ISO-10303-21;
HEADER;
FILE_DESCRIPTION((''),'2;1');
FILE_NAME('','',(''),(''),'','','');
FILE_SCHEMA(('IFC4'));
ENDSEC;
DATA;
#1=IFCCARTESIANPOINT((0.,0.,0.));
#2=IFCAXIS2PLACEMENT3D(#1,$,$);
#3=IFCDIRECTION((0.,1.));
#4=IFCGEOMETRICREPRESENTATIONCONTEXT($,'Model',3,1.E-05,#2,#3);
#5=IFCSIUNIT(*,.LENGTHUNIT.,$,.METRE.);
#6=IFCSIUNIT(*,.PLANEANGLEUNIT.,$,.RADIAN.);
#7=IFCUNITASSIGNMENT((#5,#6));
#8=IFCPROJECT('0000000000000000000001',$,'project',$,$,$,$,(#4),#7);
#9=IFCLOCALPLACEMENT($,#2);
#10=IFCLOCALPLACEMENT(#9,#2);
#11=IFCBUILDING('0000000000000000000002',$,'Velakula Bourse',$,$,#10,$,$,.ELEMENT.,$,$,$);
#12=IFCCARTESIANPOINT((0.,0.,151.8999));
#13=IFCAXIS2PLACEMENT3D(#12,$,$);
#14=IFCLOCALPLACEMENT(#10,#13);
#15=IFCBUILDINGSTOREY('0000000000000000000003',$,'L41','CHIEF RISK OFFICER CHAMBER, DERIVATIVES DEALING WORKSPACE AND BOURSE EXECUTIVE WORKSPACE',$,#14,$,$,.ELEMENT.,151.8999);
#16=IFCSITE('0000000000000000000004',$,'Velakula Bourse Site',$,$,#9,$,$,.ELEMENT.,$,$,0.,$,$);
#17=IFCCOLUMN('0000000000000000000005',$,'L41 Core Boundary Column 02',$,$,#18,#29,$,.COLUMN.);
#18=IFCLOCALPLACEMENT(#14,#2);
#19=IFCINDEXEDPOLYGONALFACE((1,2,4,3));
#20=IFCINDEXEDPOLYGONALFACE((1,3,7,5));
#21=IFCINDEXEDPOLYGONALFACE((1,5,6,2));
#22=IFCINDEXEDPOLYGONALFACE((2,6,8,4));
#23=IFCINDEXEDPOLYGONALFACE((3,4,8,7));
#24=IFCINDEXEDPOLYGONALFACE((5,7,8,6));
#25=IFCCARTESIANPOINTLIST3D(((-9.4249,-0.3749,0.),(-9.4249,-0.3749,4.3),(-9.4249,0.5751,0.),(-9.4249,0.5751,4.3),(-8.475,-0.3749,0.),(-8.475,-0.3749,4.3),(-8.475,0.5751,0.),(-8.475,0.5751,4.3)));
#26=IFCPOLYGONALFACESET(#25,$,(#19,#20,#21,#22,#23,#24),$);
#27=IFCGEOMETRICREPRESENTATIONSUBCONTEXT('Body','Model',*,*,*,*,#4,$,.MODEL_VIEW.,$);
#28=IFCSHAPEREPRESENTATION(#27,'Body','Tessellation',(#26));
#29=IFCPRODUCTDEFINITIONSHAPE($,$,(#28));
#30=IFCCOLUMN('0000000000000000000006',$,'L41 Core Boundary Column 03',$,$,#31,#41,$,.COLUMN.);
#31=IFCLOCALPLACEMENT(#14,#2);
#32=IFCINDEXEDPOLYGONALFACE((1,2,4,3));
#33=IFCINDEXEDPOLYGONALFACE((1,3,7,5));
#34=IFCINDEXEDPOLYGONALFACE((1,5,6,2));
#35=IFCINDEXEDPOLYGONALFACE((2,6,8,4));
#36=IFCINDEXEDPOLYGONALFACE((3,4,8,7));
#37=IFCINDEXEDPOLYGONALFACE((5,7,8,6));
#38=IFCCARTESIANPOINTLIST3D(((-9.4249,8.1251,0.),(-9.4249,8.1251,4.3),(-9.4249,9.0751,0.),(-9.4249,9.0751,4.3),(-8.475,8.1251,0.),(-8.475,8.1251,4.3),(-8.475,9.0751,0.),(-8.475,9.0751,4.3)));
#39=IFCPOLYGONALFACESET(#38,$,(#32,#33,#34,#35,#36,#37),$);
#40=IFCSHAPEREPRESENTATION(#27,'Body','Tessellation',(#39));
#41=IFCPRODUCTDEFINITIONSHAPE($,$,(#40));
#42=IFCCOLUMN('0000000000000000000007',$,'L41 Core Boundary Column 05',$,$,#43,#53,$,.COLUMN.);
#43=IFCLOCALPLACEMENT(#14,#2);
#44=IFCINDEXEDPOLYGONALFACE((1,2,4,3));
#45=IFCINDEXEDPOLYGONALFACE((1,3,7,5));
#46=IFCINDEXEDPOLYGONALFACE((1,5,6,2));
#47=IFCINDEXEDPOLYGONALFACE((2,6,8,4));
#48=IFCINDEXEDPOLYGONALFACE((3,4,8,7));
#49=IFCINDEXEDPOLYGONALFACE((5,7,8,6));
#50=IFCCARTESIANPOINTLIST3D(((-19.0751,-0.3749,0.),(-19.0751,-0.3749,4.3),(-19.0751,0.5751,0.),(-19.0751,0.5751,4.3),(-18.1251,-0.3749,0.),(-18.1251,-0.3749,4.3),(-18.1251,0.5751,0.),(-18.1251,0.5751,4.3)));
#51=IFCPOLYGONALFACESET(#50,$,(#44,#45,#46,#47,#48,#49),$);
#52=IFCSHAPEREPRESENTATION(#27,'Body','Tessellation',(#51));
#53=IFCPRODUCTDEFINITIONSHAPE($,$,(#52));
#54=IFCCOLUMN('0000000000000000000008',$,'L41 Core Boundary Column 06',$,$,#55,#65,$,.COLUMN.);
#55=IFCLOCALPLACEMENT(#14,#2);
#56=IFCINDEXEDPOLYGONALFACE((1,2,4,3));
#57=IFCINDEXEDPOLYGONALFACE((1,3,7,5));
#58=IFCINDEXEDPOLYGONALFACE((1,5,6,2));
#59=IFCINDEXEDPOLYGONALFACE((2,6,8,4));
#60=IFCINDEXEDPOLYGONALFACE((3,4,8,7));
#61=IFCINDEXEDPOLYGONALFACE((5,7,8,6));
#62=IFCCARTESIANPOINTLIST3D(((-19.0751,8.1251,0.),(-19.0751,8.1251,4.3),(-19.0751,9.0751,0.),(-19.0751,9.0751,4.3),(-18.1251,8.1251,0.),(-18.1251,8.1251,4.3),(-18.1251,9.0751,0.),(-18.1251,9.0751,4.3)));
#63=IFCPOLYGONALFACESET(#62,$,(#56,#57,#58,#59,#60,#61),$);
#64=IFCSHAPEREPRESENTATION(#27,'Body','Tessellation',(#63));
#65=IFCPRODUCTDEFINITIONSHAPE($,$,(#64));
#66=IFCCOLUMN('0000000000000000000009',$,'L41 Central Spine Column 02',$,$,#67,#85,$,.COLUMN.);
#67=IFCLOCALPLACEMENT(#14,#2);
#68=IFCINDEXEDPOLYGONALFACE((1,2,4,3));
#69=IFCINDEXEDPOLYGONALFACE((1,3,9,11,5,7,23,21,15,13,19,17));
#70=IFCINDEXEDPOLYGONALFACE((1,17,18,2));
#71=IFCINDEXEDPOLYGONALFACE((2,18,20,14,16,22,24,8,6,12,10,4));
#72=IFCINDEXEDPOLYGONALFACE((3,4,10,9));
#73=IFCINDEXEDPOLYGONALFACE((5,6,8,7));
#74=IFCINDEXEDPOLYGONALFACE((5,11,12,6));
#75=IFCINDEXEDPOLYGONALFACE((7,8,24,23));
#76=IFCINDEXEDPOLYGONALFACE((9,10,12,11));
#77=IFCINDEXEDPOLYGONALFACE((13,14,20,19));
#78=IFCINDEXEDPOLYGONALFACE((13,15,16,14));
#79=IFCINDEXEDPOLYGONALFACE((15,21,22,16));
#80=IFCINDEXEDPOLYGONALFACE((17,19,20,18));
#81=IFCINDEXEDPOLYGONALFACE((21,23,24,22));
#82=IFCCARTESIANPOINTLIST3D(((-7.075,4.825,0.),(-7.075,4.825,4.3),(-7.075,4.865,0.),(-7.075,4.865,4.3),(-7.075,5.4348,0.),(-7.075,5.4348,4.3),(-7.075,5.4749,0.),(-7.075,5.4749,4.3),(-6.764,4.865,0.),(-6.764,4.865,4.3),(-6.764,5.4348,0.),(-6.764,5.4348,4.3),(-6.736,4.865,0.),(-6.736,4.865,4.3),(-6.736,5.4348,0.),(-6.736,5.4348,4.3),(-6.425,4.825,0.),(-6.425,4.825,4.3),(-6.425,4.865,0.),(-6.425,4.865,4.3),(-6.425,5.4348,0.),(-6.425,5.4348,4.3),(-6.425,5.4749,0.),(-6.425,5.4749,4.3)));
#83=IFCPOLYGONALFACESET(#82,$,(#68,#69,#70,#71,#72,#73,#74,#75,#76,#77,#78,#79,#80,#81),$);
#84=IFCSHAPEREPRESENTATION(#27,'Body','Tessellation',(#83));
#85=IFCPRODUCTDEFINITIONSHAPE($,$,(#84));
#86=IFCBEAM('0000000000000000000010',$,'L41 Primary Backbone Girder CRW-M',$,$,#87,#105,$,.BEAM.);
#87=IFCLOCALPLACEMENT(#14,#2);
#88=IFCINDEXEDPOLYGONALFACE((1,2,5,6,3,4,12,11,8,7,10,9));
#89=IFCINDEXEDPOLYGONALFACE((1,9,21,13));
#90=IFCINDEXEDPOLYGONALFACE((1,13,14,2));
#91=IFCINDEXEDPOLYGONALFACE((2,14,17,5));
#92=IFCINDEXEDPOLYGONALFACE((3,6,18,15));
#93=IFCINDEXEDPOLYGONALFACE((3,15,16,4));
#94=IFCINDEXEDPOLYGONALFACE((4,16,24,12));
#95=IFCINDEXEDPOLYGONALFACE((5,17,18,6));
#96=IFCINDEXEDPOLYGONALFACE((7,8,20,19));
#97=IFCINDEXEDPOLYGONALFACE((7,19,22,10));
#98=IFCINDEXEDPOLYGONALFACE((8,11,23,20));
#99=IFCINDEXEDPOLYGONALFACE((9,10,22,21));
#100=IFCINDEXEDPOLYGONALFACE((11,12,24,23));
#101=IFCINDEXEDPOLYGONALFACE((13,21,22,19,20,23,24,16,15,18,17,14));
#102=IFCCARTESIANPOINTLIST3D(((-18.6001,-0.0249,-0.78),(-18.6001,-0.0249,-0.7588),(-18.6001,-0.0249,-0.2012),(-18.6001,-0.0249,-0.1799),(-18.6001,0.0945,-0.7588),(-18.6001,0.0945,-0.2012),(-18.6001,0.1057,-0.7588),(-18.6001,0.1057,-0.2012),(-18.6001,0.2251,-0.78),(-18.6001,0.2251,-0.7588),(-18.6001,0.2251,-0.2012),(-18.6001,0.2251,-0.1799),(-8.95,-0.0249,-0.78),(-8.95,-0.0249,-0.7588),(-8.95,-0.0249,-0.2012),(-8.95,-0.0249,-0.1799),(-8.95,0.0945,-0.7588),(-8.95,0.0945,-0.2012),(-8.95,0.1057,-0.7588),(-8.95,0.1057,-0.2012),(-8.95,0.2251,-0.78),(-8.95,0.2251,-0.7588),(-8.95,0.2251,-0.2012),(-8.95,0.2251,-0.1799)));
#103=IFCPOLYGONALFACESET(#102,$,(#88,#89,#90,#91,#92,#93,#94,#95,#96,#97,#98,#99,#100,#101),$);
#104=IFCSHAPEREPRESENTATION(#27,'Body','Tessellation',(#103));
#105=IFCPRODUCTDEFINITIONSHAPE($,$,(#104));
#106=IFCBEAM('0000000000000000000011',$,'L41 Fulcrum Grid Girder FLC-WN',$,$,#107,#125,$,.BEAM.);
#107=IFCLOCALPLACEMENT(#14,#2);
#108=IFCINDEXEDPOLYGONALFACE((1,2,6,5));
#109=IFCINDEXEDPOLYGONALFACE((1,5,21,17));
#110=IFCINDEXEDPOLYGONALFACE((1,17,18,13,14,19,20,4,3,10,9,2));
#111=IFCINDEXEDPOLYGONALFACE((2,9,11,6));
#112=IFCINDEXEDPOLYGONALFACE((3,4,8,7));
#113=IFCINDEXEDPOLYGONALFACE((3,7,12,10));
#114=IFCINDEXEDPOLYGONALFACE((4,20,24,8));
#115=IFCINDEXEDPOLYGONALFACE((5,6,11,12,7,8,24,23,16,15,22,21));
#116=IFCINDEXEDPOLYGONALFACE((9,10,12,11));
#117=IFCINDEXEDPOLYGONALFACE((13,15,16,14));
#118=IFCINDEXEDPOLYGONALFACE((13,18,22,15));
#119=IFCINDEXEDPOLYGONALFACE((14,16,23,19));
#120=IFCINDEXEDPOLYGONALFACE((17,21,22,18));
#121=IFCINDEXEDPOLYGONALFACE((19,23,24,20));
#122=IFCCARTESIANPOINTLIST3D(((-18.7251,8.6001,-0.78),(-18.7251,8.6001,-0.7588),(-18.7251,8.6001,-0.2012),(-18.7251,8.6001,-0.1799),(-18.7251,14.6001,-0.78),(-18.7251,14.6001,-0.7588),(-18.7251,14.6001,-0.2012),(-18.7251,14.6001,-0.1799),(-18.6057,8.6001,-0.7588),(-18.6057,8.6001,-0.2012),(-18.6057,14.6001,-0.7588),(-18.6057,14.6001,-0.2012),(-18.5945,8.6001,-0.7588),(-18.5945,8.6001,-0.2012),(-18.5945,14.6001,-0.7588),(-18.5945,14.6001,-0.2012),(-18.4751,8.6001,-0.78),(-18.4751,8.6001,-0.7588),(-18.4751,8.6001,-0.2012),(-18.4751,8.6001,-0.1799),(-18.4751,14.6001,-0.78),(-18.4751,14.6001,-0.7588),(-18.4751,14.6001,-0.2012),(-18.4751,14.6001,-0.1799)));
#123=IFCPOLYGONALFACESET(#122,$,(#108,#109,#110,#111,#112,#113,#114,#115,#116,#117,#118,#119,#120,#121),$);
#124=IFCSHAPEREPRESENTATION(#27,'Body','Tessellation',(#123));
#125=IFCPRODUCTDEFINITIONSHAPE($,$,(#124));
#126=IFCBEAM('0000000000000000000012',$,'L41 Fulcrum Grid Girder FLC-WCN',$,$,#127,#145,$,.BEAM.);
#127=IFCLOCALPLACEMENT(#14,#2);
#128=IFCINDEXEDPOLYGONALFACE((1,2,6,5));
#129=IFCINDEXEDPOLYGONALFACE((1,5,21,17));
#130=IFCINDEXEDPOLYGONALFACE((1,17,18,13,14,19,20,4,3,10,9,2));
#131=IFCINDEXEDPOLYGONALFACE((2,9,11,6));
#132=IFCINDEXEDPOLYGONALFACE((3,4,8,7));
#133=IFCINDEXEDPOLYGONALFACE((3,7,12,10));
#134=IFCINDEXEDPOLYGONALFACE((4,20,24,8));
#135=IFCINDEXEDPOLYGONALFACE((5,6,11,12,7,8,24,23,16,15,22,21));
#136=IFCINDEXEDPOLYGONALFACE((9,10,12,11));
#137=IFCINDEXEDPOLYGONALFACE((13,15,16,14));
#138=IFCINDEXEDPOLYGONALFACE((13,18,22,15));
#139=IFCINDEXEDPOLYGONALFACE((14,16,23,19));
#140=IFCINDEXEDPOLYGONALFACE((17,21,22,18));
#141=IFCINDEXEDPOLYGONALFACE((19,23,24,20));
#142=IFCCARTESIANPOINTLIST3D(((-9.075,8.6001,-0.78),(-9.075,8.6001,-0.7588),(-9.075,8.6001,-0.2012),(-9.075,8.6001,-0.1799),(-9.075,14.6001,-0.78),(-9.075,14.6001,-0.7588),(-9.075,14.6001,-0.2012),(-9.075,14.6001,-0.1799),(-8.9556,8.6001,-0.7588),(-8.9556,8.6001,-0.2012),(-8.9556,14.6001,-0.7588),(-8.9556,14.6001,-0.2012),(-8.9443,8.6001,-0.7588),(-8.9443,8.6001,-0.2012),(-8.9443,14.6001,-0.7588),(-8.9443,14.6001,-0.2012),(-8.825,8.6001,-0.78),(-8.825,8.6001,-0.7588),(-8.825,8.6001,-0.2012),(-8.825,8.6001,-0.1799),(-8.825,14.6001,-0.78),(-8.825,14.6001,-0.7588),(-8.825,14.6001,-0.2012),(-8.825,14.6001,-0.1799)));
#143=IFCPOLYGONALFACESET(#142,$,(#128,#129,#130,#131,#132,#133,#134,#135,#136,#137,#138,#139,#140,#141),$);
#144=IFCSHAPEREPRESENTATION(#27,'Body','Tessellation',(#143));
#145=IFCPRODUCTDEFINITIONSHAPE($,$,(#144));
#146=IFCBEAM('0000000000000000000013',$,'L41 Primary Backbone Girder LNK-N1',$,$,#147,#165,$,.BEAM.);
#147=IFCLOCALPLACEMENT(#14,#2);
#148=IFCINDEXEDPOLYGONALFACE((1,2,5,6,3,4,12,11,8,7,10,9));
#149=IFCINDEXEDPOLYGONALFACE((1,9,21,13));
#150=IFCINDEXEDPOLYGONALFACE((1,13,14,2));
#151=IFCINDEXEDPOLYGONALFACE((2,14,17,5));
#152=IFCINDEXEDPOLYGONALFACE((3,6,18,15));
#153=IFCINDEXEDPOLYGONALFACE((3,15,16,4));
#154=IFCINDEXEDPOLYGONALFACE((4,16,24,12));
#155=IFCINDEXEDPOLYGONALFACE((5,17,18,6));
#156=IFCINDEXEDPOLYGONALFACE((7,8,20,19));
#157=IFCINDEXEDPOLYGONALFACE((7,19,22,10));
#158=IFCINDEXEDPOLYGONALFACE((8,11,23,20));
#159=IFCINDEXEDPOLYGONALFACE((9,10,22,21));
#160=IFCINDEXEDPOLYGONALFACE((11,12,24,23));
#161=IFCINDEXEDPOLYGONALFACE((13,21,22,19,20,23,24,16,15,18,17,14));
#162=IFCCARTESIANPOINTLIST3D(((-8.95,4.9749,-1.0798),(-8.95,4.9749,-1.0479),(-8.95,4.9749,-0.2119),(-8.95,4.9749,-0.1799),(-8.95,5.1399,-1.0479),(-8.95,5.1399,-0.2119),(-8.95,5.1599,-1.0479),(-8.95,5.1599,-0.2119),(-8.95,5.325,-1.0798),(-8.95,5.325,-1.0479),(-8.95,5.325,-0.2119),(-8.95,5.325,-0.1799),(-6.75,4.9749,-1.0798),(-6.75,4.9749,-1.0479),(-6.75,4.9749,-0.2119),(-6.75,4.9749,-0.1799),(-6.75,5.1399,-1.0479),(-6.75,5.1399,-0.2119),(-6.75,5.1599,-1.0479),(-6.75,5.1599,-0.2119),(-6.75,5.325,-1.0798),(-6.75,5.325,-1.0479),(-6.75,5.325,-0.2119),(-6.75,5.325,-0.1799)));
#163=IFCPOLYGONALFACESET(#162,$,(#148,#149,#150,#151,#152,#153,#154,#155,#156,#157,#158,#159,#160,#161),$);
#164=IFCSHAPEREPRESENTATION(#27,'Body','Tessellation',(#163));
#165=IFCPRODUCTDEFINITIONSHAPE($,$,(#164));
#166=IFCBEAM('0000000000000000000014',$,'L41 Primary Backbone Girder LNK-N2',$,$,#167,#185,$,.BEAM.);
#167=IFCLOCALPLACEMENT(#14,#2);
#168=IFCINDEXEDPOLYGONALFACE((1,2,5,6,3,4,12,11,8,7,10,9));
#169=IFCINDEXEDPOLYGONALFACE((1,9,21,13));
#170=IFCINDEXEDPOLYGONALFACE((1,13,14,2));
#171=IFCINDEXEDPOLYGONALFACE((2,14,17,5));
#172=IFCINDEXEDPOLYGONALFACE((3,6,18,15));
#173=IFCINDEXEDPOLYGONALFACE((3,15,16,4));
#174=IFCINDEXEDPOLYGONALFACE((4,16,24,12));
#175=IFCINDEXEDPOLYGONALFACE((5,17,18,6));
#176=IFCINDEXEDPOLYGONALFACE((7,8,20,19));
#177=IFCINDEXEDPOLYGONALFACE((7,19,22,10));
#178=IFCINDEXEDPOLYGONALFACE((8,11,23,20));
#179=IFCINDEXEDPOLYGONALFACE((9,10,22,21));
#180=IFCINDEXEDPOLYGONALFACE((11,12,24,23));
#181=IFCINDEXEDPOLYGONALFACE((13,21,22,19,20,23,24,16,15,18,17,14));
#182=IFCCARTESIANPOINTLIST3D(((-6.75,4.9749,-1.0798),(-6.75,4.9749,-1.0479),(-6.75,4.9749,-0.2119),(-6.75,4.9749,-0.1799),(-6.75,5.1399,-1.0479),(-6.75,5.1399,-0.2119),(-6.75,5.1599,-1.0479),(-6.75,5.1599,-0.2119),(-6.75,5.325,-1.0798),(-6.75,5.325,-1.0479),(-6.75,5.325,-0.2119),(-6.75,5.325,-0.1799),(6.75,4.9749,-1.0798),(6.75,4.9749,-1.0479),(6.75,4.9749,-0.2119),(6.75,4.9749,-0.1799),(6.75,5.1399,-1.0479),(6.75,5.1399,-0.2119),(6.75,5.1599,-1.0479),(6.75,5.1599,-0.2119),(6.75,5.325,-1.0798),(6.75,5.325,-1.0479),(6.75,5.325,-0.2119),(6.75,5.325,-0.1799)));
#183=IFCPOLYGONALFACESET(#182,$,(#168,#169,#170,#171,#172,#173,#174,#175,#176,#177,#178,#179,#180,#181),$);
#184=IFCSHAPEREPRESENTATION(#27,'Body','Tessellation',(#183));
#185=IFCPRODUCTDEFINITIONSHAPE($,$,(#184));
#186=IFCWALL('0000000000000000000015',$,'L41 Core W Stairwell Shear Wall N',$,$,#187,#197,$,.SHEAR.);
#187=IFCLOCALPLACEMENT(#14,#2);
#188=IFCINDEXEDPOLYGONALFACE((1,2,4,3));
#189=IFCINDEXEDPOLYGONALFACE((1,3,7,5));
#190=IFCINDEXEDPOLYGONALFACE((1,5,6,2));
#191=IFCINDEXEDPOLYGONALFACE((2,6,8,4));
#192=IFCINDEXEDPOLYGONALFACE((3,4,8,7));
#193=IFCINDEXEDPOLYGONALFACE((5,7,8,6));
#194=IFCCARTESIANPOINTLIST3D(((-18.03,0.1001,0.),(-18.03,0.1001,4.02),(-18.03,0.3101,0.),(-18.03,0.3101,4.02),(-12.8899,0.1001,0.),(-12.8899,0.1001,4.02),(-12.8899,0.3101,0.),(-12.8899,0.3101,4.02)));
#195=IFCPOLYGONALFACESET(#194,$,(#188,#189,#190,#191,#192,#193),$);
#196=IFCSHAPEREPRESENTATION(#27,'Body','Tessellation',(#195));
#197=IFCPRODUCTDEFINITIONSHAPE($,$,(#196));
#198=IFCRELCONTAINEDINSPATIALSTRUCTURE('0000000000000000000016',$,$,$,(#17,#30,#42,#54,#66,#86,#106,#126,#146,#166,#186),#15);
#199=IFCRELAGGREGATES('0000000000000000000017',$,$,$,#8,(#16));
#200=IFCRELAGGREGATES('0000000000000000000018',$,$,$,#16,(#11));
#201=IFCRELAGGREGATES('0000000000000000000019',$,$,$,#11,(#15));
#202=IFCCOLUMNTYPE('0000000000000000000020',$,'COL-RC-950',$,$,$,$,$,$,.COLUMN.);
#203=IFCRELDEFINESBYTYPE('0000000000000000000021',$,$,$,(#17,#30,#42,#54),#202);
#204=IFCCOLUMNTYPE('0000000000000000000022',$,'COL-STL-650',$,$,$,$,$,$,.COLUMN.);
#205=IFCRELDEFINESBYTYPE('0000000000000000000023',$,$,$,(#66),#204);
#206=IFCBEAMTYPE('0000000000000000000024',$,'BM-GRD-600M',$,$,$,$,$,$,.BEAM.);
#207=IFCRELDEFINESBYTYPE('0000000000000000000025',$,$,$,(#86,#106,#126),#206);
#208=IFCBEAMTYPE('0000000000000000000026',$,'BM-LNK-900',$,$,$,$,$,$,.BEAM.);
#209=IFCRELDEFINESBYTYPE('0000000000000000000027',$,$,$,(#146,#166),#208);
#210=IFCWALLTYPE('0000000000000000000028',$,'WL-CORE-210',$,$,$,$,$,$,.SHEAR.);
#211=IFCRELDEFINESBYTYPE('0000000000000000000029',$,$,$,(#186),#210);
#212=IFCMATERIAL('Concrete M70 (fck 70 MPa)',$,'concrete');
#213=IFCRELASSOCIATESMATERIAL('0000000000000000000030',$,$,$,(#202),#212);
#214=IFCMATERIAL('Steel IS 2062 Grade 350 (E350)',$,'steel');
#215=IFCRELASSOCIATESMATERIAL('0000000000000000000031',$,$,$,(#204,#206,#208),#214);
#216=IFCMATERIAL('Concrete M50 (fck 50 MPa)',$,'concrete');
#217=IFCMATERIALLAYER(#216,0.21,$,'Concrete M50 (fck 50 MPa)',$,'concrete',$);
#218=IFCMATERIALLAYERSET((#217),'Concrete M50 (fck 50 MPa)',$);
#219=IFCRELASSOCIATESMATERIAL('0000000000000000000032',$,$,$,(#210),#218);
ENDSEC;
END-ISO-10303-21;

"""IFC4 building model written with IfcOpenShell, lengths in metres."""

from ifc_helpers import new_model, si_unit, direction, frame, frame_2d, origin, origin_2d, place, context, subcontext, project, spatial, rectangle, i_section, extrude, material, layer, layer_set, material_profile, profile_set, type_object, element, save


model = new_model("IFC4")

# Units and contexts
model_context = context("Model", 3, precision=1e-05, world=origin(), true_north=direction((0.0, 1.0)))
body_context = subcontext(model_context, "Body", "Model", "MODEL_VIEW")
ifc_project = project(units=[si_unit("LENGTHUNIT", "METRE"), si_unit("PLANEANGLEUNIT", "RADIAN")], contexts=[model_context])

# Site, building, storey
site_placement = place(None, origin())
site = spatial("IfcSite", under=ifc_project, at=site_placement, Name="Velakula Bourse Site", CompositionType="ELEMENT", RefElevation=0.0)
building_placement = place(site_placement, origin())
building = spatial("IfcBuilding", under=site, at=building_placement, Name="Velakula Bourse", CompositionType="ELEMENT")
storey_placement = place(building_placement, frame((0.0, 0.0, 151.8999)))
storey = spatial("IfcBuildingStorey", under=building, at=storey_placement, Name="L41", Description="CHIEF RISK OFFICER CHAMBER, DERIVATIVES DEALING WORKSPACE AND BOURSE EXECUTIVE WORKSPACE", CompositionType="ELEMENT", Elevation=151.8999)

# Columns
ifc_material_1 = material(Name="Concrete M70 (fck 70 MPa)", Category="concrete")
ifc_material_profile_1 = material_profile(ifc_material_1, rectangle(XDim=0.95, YDim=0.95, at=origin_2d()), Name="Concrete M70 (fck 70 MPa)")
ifc_profile_set_1 = profile_set([ifc_material_profile_1], Name="Concrete M70 (fck 70 MPa)")
column_type_1 = type_object("IfcColumnType", Name="COL-RC-950", PredefinedType="COLUMN", material=ifc_profile_set_1)
for number, where, z_axis, x_axis, name in (
    (1, (-8.95, 0.1001, 0.0), (0.0, 0.0, 1.0), (1.0, 0.0, 0.0), "L41 Core Boundary Column 02"),
    (2, (-8.95, 8.6001, 0.0), (0.0, 0.0, 1.0), (1.0, 0.0, 0.0), "L41 Core Boundary Column 03"),
    (3, (-18.6001, 0.1001, 0.0), (0.0, 0.0, 1.0), (1.0, 0.0, 0.0), "L41 Core Boundary Column 05"),
    (4, (-18.6001, 8.6001, 0.0), (0.0, 0.0, 1.0), (1.0, 0.0, 0.0), "L41 Core Boundary Column 06"),
):
    element("IfcColumn", number, at=place(storey_placement, frame(where, z_axis=z_axis, x_axis=x_axis)), inside=storey, type_object=column_type_1, Name=name, PredefinedType="COLUMN", context=body_context, shape_type="SweptSolid", body=[
        extrude(rectangle(XDim=0.95, YDim=0.95, at=origin_2d()), origin(), (0.0, 0.0, 1.0), 4.3),
    ])
ifc_material_2 = material(Name="Steel IS 2062 Grade 350 (E350)", Category="steel")
ifc_material_profile_2 = material_profile(ifc_material_2, i_section(OverallWidth=0.6499, OverallDepth=0.6499, WebThickness=0.0281, FlangeThickness=0.04, at=origin_2d()), Name="Steel IS 2062 Grade 350 (E350)")
ifc_profile_set_2 = profile_set([ifc_material_profile_2], Name="Steel IS 2062 Grade 350 (E350)")
column_type_2 = type_object("IfcColumnType", Name="COL-STL-650", PredefinedType="COLUMN", material=ifc_profile_set_2)
column_placement = place(storey_placement, frame((-6.75, 5.1499, 0.0), z_axis=(0.0, 0.0, 1.0), x_axis=(1.0, 0.0, 0.0)))
element("IfcColumn", 5, at=column_placement, inside=storey, type_object=column_type_2, Name="L41 Central Spine Column 02", PredefinedType="COLUMN", context=body_context, shape_type="SweptSolid", body=[
    extrude(i_section(OverallWidth=0.6499, OverallDepth=0.6499, WebThickness=0.0281, FlangeThickness=0.04, at=origin_2d()), origin(), (0.0, 0.0, 1.0), 4.3),
])

# Beams
ifc_material_profile_3 = material_profile(ifc_material_2, i_section(OverallWidth=0.25, OverallDepth=0.6001, WebThickness=0.0112, FlangeThickness=0.0212, at=origin_2d()), Name="Steel IS 2062 Grade 350 (E350)")
ifc_profile_set_3 = profile_set([ifc_material_profile_3], Name="Steel IS 2062 Grade 350 (E350)")
beam_type_1 = type_object("IfcBeamType", Name="BM-GRD-600M", PredefinedType="BEAM", material=ifc_profile_set_3)
beam_1_placement = place(storey_placement, frame((-18.6001, 0.1001, -0.48), z_axis=(1.0, 0.0, 0.0), x_axis=(0.0, 1.0, 0.0)))
element("IfcBeam", 6, at=beam_1_placement, inside=storey, type_object=beam_type_1, Name="L41 Primary Backbone Girder CRW-M", PredefinedType="BEAM", context=body_context, shape_type="SweptSolid", body=[
    extrude(i_section(OverallWidth=0.25, OverallDepth=0.6001, WebThickness=0.0112, FlangeThickness=0.0212, at=origin_2d()), origin(), (0.0, 0.0, 1.0), 9.6501),
])
for number, where, z_axis, x_axis, name in (
    (7, (-18.6001, 8.6001, -0.48), (0.0, 1.0, 0.0), (-1.0, 0.0, 0.0), "L41 Fulcrum Grid Girder FLC-WN"),
    (8, (-8.95, 8.6001, -0.48), (0.0, 1.0, 0.0), (-1.0, 0.0, 0.0), "L41 Fulcrum Grid Girder FLC-WCN"),
):
    element("IfcBeam", number, at=place(storey_placement, frame(where, z_axis=z_axis, x_axis=x_axis)), inside=storey, type_object=beam_type_1, Name=name, PredefinedType="BEAM", context=body_context, shape_type="SweptSolid", body=[
        extrude(i_section(OverallWidth=0.25, OverallDepth=0.6001, WebThickness=0.0112, FlangeThickness=0.0212, at=origin_2d()), origin(), (0.0, 0.0, 1.0), 6.0),
    ])
ifc_material_profile_4 = material_profile(ifc_material_2, i_section(OverallWidth=0.3501, OverallDepth=0.8999, WebThickness=0.02, FlangeThickness=0.032, at=origin_2d()), Name="Steel IS 2062 Grade 350 (E350)")
ifc_profile_set_4 = profile_set([ifc_material_profile_4], Name="Steel IS 2062 Grade 350 (E350)")
beam_type_2 = type_object("IfcBeamType", Name="BM-LNK-900", PredefinedType="BEAM", material=ifc_profile_set_4)
beam_2_placement = place(storey_placement, frame((-8.95, 5.1499, -0.6299), z_axis=(1.0, 0.0, 0.0), x_axis=(0.0, 1.0, 0.0)))
element("IfcBeam", 9, at=beam_2_placement, inside=storey, type_object=beam_type_2, Name="L41 Primary Backbone Girder LNK-N1", PredefinedType="BEAM", context=body_context, shape_type="SweptSolid", body=[
    extrude(i_section(OverallWidth=0.3501, OverallDepth=0.8999, WebThickness=0.02, FlangeThickness=0.032, at=origin_2d()), origin(), (0.0, 0.0, 1.0), 2.2),
])
beam_3_placement = place(storey_placement, frame((-6.75, 5.1499, -0.6299), z_axis=(1.0, 0.0, 0.0), x_axis=(0.0, 1.0, 0.0)))
element("IfcBeam", 10, at=beam_3_placement, inside=storey, type_object=beam_type_2, Name="L41 Primary Backbone Girder LNK-N2", PredefinedType="BEAM", context=body_context, shape_type="SweptSolid", body=[
    extrude(i_section(OverallWidth=0.3501, OverallDepth=0.8999, WebThickness=0.02, FlangeThickness=0.032, at=origin_2d()), origin(), (0.0, 0.0, 1.0), 13.5),
])

# Wall
ifc_material_3 = material(Name="Concrete M50 (fck 50 MPa)", Category="concrete")
ifc_layer_1 = layer(ifc_material_3, 0.21, Name="Concrete M50 (fck 50 MPa)", Category="concrete")
ifc_layer_set_1 = layer_set([ifc_layer_1], Name="Concrete M50 (fck 50 MPa)")
wall_type_1 = type_object("IfcWallType", Name="WL-CORE-210", PredefinedType="SHEAR", material=ifc_layer_set_1)
wall_1_placement = place(storey_placement, frame((-12.8899, 0.2051, 0.0), z_axis=(0.0, 0.0, 1.0), x_axis=(-1.0, 0.0, 0.0)))
element("IfcWall", 11, at=wall_1_placement, inside=storey, type_object=wall_type_1, Name="L41 Core W Stairwell Shear Wall N", PredefinedType="SHEAR", context=body_context, shape_type="SweptSolid", body=[
    extrude(rectangle(XDim=5.1401, YDim=0.21, at=frame_2d((2.5701, 0.0))), origin(), (0.0, 0.0, 1.0), 4.02),
])

save(model, "model.ifc")
